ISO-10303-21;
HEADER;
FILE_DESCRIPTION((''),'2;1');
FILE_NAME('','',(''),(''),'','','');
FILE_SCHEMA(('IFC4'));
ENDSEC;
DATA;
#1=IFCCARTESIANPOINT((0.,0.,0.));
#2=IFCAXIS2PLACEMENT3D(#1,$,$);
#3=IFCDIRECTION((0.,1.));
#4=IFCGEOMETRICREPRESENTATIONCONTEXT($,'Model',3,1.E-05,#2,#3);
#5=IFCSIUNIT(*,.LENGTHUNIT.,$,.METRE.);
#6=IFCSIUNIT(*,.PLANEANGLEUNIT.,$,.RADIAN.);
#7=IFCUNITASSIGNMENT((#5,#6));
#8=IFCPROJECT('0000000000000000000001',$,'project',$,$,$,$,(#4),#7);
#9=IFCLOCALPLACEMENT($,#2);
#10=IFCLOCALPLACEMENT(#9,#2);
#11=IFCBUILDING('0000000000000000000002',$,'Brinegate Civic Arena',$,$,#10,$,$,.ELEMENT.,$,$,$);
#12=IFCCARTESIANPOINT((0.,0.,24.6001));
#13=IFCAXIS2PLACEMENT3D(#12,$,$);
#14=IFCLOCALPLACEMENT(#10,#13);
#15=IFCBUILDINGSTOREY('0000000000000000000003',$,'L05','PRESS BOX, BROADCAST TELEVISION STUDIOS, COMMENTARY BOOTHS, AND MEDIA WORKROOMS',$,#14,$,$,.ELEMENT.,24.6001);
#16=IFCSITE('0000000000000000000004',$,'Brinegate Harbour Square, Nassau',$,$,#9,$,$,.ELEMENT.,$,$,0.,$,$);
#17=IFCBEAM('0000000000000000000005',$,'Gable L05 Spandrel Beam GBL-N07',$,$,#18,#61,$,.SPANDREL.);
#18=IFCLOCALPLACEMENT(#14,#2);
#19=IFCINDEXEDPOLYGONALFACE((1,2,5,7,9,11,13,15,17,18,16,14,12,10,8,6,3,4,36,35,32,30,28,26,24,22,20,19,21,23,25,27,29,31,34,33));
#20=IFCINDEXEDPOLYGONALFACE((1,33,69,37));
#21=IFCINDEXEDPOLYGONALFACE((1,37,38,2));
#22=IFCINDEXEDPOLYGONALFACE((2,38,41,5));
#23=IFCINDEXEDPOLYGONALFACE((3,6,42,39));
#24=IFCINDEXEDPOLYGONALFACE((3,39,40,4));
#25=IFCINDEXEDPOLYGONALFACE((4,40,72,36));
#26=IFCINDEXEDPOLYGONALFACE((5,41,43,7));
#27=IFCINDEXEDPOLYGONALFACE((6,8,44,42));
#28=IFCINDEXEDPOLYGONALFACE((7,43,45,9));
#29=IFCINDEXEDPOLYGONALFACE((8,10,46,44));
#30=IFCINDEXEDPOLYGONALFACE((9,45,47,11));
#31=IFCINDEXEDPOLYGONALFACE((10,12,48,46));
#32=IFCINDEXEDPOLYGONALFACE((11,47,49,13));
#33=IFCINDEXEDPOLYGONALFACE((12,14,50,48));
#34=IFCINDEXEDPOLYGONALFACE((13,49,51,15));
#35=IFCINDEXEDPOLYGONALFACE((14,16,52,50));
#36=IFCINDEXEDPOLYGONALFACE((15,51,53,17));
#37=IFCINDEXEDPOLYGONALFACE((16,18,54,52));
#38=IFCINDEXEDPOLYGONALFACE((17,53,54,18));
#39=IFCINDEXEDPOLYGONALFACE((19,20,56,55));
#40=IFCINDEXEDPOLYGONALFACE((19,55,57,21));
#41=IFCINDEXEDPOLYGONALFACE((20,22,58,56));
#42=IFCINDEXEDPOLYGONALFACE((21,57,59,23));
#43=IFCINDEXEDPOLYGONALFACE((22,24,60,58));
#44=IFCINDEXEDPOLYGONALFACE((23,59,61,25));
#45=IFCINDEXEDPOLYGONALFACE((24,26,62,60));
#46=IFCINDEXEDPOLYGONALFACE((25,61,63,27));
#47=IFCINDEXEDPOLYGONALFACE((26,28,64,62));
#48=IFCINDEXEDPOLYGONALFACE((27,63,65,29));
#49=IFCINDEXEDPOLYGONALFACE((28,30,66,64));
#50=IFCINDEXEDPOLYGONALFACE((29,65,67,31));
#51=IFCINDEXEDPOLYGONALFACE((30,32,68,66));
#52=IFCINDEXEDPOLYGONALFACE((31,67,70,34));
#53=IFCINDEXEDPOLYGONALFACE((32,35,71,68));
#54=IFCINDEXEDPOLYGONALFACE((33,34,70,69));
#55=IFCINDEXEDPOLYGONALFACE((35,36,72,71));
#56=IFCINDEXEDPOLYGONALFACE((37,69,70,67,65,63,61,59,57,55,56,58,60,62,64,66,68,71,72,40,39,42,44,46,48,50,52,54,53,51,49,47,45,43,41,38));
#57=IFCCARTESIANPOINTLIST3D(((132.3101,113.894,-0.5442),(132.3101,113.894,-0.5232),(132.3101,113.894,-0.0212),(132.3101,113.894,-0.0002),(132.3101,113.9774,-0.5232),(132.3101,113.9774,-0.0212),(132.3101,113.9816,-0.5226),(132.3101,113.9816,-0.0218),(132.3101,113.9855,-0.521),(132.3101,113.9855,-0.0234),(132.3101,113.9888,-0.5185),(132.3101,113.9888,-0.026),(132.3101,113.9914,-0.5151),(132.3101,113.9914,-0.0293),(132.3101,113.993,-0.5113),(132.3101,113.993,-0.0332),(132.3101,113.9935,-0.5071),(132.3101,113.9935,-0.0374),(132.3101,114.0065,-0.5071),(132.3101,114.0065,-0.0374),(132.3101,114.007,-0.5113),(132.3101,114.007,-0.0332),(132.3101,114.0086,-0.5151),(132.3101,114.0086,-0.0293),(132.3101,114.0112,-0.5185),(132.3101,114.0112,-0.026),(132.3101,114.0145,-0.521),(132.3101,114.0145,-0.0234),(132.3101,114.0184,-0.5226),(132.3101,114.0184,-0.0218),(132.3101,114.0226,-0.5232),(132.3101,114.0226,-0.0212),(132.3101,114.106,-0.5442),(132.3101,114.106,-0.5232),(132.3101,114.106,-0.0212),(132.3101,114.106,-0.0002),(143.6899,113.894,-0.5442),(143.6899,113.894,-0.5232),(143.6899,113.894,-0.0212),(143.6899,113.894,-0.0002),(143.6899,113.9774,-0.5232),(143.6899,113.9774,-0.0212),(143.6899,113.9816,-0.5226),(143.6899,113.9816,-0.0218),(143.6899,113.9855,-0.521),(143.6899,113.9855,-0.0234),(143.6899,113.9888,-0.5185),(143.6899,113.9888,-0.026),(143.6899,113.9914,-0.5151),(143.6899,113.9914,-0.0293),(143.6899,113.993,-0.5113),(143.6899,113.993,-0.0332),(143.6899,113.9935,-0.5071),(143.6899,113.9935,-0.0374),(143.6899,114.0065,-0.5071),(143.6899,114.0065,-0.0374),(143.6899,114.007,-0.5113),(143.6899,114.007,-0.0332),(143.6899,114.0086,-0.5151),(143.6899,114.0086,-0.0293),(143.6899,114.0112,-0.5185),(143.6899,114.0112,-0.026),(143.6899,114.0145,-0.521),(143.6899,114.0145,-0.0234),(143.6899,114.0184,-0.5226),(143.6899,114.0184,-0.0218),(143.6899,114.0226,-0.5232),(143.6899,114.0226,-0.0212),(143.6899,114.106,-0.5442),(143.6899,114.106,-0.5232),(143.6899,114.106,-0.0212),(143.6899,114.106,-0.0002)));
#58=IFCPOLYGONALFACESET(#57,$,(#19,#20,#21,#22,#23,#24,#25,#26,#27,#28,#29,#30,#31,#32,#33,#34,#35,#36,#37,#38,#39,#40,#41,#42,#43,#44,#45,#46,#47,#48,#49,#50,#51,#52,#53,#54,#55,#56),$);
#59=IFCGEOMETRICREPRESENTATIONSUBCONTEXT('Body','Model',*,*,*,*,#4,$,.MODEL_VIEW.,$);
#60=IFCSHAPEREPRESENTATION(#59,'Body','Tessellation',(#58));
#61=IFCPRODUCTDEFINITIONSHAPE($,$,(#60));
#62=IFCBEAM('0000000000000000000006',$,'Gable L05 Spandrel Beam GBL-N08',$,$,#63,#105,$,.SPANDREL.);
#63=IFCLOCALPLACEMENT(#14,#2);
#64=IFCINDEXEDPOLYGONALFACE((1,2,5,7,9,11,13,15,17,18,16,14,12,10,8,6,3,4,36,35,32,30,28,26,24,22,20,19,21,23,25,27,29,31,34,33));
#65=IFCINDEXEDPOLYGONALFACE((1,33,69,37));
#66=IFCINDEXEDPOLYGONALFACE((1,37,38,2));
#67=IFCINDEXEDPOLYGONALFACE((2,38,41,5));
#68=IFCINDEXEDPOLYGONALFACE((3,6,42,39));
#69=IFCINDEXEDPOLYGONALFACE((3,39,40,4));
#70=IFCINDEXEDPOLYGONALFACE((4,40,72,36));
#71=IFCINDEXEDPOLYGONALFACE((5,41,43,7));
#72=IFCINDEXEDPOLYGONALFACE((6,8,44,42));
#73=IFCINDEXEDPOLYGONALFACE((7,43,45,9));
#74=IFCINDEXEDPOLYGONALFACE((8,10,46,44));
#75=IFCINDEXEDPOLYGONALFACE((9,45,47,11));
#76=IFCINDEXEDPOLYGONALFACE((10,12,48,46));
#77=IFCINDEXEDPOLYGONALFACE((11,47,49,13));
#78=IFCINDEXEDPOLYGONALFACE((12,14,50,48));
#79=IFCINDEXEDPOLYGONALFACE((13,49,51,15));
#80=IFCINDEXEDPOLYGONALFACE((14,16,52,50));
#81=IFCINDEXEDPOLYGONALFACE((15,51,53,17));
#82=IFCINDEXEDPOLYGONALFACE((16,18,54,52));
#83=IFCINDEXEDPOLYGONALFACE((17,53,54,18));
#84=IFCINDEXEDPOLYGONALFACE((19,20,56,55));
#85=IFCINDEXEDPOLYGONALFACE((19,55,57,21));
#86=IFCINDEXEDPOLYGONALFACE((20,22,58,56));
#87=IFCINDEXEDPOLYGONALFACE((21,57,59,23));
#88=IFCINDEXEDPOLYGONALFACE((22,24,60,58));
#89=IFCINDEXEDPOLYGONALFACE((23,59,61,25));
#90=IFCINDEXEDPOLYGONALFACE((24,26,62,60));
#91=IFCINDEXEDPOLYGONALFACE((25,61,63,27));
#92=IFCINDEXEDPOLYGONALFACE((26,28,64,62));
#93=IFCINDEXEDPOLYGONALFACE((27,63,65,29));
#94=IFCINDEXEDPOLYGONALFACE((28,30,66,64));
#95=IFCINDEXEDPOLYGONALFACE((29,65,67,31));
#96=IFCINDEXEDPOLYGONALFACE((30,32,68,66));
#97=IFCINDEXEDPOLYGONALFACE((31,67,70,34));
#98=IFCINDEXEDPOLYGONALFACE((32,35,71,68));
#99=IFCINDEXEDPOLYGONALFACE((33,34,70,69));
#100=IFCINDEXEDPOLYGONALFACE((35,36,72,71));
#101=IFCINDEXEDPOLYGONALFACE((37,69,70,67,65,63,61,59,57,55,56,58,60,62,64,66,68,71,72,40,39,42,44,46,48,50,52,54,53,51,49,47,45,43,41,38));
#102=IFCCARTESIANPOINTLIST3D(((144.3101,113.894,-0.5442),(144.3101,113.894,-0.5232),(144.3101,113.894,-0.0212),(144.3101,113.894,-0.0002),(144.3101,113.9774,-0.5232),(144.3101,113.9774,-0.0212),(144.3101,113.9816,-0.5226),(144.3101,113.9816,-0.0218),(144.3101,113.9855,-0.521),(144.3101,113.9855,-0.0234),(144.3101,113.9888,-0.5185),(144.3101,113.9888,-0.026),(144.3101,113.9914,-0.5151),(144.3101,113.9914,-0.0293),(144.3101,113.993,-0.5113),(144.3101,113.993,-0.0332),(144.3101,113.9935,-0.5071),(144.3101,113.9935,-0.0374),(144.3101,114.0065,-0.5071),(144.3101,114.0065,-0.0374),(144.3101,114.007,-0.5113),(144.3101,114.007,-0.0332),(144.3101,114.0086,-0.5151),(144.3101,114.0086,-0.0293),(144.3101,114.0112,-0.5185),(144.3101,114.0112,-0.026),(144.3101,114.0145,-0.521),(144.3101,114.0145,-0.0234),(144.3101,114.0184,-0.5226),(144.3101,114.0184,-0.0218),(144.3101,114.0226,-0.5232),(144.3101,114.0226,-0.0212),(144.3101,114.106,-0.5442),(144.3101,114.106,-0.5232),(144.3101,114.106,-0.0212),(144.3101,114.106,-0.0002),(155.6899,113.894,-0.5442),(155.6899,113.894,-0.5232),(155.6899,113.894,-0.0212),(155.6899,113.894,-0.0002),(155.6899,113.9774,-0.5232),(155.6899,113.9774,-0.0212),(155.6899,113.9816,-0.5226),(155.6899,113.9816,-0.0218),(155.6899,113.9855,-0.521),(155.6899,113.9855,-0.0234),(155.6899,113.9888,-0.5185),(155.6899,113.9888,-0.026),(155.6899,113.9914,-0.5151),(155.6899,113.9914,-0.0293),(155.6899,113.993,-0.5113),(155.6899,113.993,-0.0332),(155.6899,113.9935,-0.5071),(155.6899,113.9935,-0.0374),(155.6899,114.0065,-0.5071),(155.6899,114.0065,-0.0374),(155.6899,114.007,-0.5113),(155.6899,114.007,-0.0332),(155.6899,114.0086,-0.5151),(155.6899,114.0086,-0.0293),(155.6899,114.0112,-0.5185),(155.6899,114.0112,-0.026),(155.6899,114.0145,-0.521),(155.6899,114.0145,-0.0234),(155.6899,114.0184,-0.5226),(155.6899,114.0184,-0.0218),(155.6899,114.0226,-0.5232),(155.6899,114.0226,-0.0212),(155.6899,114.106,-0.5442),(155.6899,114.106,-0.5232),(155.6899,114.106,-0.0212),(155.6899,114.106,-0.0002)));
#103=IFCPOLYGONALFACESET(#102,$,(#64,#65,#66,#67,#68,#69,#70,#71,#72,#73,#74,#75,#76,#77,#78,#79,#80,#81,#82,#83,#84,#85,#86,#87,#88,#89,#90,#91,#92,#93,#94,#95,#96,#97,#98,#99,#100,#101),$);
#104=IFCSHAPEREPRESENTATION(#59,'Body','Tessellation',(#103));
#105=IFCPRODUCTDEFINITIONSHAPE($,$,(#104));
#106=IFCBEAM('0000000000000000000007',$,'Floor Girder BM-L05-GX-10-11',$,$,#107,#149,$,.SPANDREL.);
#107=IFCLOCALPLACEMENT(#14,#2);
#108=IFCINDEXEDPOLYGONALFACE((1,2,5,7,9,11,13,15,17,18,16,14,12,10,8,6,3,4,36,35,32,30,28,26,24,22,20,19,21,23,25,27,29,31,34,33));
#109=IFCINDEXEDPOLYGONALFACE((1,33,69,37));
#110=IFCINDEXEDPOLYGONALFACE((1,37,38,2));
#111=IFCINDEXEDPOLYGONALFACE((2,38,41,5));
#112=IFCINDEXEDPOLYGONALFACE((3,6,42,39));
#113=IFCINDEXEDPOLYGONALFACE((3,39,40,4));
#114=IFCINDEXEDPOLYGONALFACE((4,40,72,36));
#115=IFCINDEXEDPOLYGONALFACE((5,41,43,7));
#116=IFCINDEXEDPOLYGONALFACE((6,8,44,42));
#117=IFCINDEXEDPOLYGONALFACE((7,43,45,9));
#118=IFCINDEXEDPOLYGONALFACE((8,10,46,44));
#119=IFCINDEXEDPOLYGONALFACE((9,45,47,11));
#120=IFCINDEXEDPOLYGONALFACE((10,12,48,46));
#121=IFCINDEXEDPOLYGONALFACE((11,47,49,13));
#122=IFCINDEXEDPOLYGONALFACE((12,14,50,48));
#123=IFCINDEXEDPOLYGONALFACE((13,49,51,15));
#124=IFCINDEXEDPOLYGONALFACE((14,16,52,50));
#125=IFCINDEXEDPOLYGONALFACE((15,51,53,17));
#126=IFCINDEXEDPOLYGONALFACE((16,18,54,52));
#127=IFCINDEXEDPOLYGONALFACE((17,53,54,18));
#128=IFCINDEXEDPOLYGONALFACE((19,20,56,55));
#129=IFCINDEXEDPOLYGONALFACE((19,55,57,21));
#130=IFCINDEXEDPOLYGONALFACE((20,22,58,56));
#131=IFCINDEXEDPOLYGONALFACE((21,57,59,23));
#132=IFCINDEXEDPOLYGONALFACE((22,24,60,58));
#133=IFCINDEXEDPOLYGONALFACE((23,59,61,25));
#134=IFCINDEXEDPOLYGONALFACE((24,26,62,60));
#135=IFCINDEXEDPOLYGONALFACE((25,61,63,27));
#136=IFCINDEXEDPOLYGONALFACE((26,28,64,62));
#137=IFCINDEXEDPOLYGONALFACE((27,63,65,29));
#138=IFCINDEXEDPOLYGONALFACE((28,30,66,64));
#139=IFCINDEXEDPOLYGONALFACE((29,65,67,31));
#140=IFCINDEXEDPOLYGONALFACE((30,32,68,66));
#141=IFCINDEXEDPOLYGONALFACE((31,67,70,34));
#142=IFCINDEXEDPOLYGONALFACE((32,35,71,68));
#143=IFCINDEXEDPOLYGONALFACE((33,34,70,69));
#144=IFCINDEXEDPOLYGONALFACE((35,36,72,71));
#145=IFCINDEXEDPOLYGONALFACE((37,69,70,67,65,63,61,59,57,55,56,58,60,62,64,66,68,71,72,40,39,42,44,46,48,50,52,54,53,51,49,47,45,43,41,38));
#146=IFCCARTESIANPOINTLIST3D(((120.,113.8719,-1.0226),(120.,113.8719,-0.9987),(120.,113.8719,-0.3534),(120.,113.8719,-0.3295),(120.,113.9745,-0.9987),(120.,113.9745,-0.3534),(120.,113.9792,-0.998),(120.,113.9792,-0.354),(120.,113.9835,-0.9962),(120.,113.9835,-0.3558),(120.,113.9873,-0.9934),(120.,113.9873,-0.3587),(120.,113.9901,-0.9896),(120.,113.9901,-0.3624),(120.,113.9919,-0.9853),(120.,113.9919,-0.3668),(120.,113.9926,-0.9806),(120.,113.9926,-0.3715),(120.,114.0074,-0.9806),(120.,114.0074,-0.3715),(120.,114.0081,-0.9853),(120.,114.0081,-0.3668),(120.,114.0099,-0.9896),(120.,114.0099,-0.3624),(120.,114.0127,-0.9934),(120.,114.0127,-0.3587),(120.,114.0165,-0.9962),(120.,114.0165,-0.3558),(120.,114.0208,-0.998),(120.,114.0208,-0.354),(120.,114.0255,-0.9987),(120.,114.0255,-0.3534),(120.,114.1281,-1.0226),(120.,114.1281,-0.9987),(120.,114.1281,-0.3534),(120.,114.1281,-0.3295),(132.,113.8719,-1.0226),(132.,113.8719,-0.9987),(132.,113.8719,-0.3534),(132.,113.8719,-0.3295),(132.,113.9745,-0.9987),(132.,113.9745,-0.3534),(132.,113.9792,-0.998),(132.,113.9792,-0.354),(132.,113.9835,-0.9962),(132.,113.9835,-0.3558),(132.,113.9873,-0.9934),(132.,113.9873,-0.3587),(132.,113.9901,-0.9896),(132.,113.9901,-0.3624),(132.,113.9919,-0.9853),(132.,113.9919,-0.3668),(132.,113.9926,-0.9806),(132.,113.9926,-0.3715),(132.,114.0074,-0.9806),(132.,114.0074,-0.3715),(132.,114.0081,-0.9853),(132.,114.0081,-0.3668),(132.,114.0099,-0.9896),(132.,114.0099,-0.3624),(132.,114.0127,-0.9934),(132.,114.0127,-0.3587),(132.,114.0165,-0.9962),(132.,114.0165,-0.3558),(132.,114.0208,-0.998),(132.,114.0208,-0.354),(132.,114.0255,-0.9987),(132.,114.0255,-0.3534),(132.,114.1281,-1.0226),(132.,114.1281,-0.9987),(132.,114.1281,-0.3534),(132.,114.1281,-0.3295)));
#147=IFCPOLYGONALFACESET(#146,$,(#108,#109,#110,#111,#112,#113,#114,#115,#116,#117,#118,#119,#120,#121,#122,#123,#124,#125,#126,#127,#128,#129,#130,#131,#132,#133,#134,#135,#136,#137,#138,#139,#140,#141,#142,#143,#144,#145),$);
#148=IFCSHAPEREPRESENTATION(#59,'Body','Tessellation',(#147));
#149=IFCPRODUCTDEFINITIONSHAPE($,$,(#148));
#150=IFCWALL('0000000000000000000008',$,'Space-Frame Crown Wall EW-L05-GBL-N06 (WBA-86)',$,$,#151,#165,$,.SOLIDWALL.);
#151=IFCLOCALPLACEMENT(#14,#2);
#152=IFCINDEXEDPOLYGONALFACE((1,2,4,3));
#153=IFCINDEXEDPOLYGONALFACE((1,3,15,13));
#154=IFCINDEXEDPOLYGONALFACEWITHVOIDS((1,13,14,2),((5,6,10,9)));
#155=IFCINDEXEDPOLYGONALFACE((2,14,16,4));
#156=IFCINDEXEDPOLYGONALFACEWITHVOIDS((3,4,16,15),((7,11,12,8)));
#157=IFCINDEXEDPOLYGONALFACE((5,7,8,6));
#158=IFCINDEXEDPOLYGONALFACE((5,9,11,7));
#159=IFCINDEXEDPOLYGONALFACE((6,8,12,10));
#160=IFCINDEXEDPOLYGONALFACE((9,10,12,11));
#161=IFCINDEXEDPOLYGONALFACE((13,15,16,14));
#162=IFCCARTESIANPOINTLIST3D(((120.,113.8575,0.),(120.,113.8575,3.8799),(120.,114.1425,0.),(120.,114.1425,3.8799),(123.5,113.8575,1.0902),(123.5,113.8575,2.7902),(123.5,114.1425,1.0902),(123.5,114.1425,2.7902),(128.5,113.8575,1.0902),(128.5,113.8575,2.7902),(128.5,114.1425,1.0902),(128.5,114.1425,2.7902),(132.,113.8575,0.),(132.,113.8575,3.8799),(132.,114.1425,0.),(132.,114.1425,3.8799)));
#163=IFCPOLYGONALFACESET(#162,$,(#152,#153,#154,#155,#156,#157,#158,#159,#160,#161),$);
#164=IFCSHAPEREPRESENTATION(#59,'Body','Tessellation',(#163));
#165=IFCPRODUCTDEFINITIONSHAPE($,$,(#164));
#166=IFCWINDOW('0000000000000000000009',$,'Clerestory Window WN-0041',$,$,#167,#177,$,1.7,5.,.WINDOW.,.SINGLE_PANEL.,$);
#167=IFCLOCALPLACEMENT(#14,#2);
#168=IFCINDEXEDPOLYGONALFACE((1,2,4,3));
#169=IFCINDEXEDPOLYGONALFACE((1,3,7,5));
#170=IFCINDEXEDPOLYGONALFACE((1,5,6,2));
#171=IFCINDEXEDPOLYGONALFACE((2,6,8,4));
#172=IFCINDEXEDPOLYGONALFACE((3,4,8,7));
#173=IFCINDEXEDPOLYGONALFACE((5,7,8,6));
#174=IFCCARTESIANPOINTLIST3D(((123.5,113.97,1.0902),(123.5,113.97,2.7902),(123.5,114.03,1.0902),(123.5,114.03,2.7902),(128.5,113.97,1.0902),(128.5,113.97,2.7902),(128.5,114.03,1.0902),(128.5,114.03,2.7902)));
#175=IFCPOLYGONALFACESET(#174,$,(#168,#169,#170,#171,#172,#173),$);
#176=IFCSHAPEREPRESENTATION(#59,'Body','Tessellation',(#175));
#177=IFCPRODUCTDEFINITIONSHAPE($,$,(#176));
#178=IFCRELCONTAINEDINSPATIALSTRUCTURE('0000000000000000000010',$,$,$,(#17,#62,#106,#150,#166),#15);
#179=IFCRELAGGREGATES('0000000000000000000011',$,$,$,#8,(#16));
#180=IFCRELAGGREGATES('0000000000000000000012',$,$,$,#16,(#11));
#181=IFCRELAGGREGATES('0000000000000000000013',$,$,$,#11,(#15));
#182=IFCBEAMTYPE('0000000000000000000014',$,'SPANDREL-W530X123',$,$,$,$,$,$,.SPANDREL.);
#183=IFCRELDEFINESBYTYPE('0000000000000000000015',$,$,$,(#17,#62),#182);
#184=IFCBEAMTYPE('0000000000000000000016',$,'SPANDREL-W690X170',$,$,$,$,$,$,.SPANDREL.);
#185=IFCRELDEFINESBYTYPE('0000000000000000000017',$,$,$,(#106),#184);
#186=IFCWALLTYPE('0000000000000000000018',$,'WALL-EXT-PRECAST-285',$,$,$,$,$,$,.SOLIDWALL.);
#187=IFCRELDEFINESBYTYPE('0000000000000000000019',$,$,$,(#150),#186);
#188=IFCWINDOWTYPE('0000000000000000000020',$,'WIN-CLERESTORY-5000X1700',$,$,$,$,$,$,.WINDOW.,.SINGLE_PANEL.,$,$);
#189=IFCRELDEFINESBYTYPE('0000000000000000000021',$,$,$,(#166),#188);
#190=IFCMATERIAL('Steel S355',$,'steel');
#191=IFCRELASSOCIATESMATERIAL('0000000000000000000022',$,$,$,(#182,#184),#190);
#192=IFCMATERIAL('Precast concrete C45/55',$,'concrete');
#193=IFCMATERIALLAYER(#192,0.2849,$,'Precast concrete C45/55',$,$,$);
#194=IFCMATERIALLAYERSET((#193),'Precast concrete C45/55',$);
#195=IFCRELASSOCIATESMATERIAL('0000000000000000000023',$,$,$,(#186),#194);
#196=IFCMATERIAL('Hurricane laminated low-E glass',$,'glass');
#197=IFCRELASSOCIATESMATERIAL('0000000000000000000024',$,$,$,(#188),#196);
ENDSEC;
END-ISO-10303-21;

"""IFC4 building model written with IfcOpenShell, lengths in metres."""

from ifc_helpers import new_model, si_unit, direction, frame, frame_2d, origin, origin_2d, place, context, subcontext, project, spatial, rectangle, i_section, extrude, material, layer, layer_set, material_profile, profile_set, type_object, element, fill, save


model = new_model("IFC4")

# Units and contexts
model_context = context("Model", 3, precision=1e-05, world=origin(), true_north=direction((0.0, 1.0)))
body_context = subcontext(model_context, "Body", "Model", "MODEL_VIEW")
ifc_project = project(units=[si_unit("LENGTHUNIT", "METRE"), si_unit("PLANEANGLEUNIT", "RADIAN")], contexts=[model_context])

# Site, building, storey
site_placement = place(None, origin())
site = spatial("IfcSite", under=ifc_project, at=site_placement, Name="Brinegate Harbour Square, Nassau", CompositionType="ELEMENT", RefElevation=0.0)
building_placement = place(site_placement, origin())
building = spatial("IfcBuilding", under=site, at=building_placement, Name="Brinegate Civic Arena", CompositionType="ELEMENT")
storey_placement = place(building_placement, frame((0.0, 0.0, 24.6001)))
storey = spatial("IfcBuildingStorey", under=building, at=storey_placement, Name="L05", Description="PRESS BOX, BROADCAST TELEVISION STUDIOS, COMMENTARY BOOTHS, AND MEDIA WORKROOMS", CompositionType="ELEMENT", Elevation=24.6001)

# Beams
ifc_material_1 = material(Name="Steel S355", Category="steel")
ifc_material_profile_1 = material_profile(ifc_material_1, i_section(OverallWidth=0.2119, OverallDepth=0.5439, WebThickness=0.0129, FlangeThickness=0.021, FilletRadius=0.0161, at=origin_2d()), Name="W530X123")
ifc_profile_set_1 = profile_set([ifc_material_profile_1], Name="Steel S355")
beam_type_1 = type_object("IfcBeamType", Name="SPANDREL-W530X123", PredefinedType="SPANDREL", material=ifc_profile_set_1)
for number, where, z_axis, x_axis, name in (
    (1, (132.3101, 114.0, -0.2722), (1.0, 0.0, 0.0), (0.0, 1.0, 0.0), "Gable L05 Spandrel Beam GBL-N07"),
    (2, (144.3101, 114.0, -0.2722), (1.0, 0.0, 0.0), (0.0, 1.0, 0.0), "Gable L05 Spandrel Beam GBL-N08"),
):
    element("IfcBeam", number, at=place(storey_placement, frame(where, z_axis=z_axis, x_axis=x_axis)), inside=storey, type_object=beam_type_1, Name=name, PredefinedType="SPANDREL", context=body_context, shape_type="SweptSolid", body=[
        extrude(i_section(OverallWidth=0.2119, OverallDepth=0.5439, WebThickness=0.0129, FlangeThickness=0.021, FilletRadius=0.0161, at=origin_2d()), origin(), (0.0, 0.0, 1.0), 11.3799),
    ])
ifc_material_profile_2 = material_profile(ifc_material_1, i_section(OverallWidth=0.2561, OverallDepth=0.6931, WebThickness=0.0149, FlangeThickness=0.0239, FilletRadius=0.0181, at=origin_2d()), Name="W690X170")
ifc_profile_set_2 = profile_set([ifc_material_profile_2], Name="Steel S355")
beam_type_2 = type_object("IfcBeamType", Name="SPANDREL-W690X170", PredefinedType="SPANDREL", material=ifc_profile_set_2)
beam_1_placement = place(storey_placement, frame((120.0, 114.0, -0.676), z_axis=(1.0, 0.0, 0.0), x_axis=(0.0, 1.0, 0.0)))
element("IfcBeam", 3, at=beam_1_placement, inside=storey, type_object=beam_type_2, Name="Floor Girder BM-L05-GX-10-11", PredefinedType="SPANDREL", context=body_context, shape_type="SweptSolid", body=[
    extrude(i_section(OverallWidth=0.2561, OverallDepth=0.6931, WebThickness=0.0149, FlangeThickness=0.0239, FilletRadius=0.0181, at=origin_2d()), origin(), (0.0, 0.0, 1.0), 12.0),
])

# Wall, opening, window
ifc_material_2 = material(Name="Precast concrete C45/55", Category="concrete")
ifc_layer = layer(ifc_material_2, 0.2849, Name="Precast concrete C45/55")
ifc_layer_set = layer_set([ifc_layer], Name="Precast concrete C45/55")
wall_type = type_object("IfcWallType", Name="WALL-EXT-PRECAST-285", PredefinedType="SOLIDWALL", material=ifc_layer_set)
wall_1_placement = place(storey_placement, frame((120.0, 114.0, 0.0), z_axis=(0.0, 0.0, 1.0), x_axis=(1.0, 0.0, 0.0)))
wall_1 = element("IfcWall", 4, at=wall_1_placement, inside=storey, type_object=wall_type, Name="Space-Frame Crown Wall EW-L05-GBL-N06 (WBA-86)", PredefinedType="SOLIDWALL", context=body_context, shape_type="SweptSolid", body=[
    extrude(rectangle(XDim=12.0, YDim=0.2849, at=frame_2d((6.0, 0.0))), origin(), (0.0, 0.0, 1.0), 3.8799),
])
opening_1_placement = place(wall_1_placement, frame((3.5, 0.0, 1.0901)))
opening_1 = element("IfcOpeningElement", 5, at=opening_1_placement, cuts=wall_1, PredefinedType="OPENING", context=body_context, shape_type="SweptSolid", body=[
    extrude(rectangle(XDim=5.0, YDim=1.7, at=frame_2d((2.5, 0.8501))), frame((0.0, 0.1523, 0.0), z_axis=(0.0, -1.0, 0.0), x_axis=(1.0, 0.0, 0.0)), (0.0, 0.0, 1.0), 0.3049),
])
ifc_material_3 = material(Name="Hurricane laminated low-E glass", Category="glass")
window_type_1 = type_object("IfcWindowType", Name="WIN-CLERESTORY-5000X1700", PartitioningType="SINGLE_PANEL", PredefinedType="WINDOW", material=ifc_material_3)
window_1_placement = place(opening_1_placement, origin())
window_1 = element("IfcWindow", 6, at=window_1_placement, inside=storey, type_object=window_type_1, Name="Clerestory Window WN-0041", OverallHeight=1.7, OverallWidth=5.0, PartitioningType="SINGLE_PANEL", PredefinedType="WINDOW", context=body_context, shape_type="SweptSolid", body=[
    extrude(rectangle(XDim=5.0, YDim=1.7, at=frame_2d((2.5, 0.8501))), frame((0.0, 0.03, 0.0), z_axis=(0.0, -1.0, 0.0), x_axis=(1.0, 0.0, 0.0)), (0.0, 0.0, 1.0), 0.0601),
])
fill(opening_1, window_1)

save(model, "model.ifc")
